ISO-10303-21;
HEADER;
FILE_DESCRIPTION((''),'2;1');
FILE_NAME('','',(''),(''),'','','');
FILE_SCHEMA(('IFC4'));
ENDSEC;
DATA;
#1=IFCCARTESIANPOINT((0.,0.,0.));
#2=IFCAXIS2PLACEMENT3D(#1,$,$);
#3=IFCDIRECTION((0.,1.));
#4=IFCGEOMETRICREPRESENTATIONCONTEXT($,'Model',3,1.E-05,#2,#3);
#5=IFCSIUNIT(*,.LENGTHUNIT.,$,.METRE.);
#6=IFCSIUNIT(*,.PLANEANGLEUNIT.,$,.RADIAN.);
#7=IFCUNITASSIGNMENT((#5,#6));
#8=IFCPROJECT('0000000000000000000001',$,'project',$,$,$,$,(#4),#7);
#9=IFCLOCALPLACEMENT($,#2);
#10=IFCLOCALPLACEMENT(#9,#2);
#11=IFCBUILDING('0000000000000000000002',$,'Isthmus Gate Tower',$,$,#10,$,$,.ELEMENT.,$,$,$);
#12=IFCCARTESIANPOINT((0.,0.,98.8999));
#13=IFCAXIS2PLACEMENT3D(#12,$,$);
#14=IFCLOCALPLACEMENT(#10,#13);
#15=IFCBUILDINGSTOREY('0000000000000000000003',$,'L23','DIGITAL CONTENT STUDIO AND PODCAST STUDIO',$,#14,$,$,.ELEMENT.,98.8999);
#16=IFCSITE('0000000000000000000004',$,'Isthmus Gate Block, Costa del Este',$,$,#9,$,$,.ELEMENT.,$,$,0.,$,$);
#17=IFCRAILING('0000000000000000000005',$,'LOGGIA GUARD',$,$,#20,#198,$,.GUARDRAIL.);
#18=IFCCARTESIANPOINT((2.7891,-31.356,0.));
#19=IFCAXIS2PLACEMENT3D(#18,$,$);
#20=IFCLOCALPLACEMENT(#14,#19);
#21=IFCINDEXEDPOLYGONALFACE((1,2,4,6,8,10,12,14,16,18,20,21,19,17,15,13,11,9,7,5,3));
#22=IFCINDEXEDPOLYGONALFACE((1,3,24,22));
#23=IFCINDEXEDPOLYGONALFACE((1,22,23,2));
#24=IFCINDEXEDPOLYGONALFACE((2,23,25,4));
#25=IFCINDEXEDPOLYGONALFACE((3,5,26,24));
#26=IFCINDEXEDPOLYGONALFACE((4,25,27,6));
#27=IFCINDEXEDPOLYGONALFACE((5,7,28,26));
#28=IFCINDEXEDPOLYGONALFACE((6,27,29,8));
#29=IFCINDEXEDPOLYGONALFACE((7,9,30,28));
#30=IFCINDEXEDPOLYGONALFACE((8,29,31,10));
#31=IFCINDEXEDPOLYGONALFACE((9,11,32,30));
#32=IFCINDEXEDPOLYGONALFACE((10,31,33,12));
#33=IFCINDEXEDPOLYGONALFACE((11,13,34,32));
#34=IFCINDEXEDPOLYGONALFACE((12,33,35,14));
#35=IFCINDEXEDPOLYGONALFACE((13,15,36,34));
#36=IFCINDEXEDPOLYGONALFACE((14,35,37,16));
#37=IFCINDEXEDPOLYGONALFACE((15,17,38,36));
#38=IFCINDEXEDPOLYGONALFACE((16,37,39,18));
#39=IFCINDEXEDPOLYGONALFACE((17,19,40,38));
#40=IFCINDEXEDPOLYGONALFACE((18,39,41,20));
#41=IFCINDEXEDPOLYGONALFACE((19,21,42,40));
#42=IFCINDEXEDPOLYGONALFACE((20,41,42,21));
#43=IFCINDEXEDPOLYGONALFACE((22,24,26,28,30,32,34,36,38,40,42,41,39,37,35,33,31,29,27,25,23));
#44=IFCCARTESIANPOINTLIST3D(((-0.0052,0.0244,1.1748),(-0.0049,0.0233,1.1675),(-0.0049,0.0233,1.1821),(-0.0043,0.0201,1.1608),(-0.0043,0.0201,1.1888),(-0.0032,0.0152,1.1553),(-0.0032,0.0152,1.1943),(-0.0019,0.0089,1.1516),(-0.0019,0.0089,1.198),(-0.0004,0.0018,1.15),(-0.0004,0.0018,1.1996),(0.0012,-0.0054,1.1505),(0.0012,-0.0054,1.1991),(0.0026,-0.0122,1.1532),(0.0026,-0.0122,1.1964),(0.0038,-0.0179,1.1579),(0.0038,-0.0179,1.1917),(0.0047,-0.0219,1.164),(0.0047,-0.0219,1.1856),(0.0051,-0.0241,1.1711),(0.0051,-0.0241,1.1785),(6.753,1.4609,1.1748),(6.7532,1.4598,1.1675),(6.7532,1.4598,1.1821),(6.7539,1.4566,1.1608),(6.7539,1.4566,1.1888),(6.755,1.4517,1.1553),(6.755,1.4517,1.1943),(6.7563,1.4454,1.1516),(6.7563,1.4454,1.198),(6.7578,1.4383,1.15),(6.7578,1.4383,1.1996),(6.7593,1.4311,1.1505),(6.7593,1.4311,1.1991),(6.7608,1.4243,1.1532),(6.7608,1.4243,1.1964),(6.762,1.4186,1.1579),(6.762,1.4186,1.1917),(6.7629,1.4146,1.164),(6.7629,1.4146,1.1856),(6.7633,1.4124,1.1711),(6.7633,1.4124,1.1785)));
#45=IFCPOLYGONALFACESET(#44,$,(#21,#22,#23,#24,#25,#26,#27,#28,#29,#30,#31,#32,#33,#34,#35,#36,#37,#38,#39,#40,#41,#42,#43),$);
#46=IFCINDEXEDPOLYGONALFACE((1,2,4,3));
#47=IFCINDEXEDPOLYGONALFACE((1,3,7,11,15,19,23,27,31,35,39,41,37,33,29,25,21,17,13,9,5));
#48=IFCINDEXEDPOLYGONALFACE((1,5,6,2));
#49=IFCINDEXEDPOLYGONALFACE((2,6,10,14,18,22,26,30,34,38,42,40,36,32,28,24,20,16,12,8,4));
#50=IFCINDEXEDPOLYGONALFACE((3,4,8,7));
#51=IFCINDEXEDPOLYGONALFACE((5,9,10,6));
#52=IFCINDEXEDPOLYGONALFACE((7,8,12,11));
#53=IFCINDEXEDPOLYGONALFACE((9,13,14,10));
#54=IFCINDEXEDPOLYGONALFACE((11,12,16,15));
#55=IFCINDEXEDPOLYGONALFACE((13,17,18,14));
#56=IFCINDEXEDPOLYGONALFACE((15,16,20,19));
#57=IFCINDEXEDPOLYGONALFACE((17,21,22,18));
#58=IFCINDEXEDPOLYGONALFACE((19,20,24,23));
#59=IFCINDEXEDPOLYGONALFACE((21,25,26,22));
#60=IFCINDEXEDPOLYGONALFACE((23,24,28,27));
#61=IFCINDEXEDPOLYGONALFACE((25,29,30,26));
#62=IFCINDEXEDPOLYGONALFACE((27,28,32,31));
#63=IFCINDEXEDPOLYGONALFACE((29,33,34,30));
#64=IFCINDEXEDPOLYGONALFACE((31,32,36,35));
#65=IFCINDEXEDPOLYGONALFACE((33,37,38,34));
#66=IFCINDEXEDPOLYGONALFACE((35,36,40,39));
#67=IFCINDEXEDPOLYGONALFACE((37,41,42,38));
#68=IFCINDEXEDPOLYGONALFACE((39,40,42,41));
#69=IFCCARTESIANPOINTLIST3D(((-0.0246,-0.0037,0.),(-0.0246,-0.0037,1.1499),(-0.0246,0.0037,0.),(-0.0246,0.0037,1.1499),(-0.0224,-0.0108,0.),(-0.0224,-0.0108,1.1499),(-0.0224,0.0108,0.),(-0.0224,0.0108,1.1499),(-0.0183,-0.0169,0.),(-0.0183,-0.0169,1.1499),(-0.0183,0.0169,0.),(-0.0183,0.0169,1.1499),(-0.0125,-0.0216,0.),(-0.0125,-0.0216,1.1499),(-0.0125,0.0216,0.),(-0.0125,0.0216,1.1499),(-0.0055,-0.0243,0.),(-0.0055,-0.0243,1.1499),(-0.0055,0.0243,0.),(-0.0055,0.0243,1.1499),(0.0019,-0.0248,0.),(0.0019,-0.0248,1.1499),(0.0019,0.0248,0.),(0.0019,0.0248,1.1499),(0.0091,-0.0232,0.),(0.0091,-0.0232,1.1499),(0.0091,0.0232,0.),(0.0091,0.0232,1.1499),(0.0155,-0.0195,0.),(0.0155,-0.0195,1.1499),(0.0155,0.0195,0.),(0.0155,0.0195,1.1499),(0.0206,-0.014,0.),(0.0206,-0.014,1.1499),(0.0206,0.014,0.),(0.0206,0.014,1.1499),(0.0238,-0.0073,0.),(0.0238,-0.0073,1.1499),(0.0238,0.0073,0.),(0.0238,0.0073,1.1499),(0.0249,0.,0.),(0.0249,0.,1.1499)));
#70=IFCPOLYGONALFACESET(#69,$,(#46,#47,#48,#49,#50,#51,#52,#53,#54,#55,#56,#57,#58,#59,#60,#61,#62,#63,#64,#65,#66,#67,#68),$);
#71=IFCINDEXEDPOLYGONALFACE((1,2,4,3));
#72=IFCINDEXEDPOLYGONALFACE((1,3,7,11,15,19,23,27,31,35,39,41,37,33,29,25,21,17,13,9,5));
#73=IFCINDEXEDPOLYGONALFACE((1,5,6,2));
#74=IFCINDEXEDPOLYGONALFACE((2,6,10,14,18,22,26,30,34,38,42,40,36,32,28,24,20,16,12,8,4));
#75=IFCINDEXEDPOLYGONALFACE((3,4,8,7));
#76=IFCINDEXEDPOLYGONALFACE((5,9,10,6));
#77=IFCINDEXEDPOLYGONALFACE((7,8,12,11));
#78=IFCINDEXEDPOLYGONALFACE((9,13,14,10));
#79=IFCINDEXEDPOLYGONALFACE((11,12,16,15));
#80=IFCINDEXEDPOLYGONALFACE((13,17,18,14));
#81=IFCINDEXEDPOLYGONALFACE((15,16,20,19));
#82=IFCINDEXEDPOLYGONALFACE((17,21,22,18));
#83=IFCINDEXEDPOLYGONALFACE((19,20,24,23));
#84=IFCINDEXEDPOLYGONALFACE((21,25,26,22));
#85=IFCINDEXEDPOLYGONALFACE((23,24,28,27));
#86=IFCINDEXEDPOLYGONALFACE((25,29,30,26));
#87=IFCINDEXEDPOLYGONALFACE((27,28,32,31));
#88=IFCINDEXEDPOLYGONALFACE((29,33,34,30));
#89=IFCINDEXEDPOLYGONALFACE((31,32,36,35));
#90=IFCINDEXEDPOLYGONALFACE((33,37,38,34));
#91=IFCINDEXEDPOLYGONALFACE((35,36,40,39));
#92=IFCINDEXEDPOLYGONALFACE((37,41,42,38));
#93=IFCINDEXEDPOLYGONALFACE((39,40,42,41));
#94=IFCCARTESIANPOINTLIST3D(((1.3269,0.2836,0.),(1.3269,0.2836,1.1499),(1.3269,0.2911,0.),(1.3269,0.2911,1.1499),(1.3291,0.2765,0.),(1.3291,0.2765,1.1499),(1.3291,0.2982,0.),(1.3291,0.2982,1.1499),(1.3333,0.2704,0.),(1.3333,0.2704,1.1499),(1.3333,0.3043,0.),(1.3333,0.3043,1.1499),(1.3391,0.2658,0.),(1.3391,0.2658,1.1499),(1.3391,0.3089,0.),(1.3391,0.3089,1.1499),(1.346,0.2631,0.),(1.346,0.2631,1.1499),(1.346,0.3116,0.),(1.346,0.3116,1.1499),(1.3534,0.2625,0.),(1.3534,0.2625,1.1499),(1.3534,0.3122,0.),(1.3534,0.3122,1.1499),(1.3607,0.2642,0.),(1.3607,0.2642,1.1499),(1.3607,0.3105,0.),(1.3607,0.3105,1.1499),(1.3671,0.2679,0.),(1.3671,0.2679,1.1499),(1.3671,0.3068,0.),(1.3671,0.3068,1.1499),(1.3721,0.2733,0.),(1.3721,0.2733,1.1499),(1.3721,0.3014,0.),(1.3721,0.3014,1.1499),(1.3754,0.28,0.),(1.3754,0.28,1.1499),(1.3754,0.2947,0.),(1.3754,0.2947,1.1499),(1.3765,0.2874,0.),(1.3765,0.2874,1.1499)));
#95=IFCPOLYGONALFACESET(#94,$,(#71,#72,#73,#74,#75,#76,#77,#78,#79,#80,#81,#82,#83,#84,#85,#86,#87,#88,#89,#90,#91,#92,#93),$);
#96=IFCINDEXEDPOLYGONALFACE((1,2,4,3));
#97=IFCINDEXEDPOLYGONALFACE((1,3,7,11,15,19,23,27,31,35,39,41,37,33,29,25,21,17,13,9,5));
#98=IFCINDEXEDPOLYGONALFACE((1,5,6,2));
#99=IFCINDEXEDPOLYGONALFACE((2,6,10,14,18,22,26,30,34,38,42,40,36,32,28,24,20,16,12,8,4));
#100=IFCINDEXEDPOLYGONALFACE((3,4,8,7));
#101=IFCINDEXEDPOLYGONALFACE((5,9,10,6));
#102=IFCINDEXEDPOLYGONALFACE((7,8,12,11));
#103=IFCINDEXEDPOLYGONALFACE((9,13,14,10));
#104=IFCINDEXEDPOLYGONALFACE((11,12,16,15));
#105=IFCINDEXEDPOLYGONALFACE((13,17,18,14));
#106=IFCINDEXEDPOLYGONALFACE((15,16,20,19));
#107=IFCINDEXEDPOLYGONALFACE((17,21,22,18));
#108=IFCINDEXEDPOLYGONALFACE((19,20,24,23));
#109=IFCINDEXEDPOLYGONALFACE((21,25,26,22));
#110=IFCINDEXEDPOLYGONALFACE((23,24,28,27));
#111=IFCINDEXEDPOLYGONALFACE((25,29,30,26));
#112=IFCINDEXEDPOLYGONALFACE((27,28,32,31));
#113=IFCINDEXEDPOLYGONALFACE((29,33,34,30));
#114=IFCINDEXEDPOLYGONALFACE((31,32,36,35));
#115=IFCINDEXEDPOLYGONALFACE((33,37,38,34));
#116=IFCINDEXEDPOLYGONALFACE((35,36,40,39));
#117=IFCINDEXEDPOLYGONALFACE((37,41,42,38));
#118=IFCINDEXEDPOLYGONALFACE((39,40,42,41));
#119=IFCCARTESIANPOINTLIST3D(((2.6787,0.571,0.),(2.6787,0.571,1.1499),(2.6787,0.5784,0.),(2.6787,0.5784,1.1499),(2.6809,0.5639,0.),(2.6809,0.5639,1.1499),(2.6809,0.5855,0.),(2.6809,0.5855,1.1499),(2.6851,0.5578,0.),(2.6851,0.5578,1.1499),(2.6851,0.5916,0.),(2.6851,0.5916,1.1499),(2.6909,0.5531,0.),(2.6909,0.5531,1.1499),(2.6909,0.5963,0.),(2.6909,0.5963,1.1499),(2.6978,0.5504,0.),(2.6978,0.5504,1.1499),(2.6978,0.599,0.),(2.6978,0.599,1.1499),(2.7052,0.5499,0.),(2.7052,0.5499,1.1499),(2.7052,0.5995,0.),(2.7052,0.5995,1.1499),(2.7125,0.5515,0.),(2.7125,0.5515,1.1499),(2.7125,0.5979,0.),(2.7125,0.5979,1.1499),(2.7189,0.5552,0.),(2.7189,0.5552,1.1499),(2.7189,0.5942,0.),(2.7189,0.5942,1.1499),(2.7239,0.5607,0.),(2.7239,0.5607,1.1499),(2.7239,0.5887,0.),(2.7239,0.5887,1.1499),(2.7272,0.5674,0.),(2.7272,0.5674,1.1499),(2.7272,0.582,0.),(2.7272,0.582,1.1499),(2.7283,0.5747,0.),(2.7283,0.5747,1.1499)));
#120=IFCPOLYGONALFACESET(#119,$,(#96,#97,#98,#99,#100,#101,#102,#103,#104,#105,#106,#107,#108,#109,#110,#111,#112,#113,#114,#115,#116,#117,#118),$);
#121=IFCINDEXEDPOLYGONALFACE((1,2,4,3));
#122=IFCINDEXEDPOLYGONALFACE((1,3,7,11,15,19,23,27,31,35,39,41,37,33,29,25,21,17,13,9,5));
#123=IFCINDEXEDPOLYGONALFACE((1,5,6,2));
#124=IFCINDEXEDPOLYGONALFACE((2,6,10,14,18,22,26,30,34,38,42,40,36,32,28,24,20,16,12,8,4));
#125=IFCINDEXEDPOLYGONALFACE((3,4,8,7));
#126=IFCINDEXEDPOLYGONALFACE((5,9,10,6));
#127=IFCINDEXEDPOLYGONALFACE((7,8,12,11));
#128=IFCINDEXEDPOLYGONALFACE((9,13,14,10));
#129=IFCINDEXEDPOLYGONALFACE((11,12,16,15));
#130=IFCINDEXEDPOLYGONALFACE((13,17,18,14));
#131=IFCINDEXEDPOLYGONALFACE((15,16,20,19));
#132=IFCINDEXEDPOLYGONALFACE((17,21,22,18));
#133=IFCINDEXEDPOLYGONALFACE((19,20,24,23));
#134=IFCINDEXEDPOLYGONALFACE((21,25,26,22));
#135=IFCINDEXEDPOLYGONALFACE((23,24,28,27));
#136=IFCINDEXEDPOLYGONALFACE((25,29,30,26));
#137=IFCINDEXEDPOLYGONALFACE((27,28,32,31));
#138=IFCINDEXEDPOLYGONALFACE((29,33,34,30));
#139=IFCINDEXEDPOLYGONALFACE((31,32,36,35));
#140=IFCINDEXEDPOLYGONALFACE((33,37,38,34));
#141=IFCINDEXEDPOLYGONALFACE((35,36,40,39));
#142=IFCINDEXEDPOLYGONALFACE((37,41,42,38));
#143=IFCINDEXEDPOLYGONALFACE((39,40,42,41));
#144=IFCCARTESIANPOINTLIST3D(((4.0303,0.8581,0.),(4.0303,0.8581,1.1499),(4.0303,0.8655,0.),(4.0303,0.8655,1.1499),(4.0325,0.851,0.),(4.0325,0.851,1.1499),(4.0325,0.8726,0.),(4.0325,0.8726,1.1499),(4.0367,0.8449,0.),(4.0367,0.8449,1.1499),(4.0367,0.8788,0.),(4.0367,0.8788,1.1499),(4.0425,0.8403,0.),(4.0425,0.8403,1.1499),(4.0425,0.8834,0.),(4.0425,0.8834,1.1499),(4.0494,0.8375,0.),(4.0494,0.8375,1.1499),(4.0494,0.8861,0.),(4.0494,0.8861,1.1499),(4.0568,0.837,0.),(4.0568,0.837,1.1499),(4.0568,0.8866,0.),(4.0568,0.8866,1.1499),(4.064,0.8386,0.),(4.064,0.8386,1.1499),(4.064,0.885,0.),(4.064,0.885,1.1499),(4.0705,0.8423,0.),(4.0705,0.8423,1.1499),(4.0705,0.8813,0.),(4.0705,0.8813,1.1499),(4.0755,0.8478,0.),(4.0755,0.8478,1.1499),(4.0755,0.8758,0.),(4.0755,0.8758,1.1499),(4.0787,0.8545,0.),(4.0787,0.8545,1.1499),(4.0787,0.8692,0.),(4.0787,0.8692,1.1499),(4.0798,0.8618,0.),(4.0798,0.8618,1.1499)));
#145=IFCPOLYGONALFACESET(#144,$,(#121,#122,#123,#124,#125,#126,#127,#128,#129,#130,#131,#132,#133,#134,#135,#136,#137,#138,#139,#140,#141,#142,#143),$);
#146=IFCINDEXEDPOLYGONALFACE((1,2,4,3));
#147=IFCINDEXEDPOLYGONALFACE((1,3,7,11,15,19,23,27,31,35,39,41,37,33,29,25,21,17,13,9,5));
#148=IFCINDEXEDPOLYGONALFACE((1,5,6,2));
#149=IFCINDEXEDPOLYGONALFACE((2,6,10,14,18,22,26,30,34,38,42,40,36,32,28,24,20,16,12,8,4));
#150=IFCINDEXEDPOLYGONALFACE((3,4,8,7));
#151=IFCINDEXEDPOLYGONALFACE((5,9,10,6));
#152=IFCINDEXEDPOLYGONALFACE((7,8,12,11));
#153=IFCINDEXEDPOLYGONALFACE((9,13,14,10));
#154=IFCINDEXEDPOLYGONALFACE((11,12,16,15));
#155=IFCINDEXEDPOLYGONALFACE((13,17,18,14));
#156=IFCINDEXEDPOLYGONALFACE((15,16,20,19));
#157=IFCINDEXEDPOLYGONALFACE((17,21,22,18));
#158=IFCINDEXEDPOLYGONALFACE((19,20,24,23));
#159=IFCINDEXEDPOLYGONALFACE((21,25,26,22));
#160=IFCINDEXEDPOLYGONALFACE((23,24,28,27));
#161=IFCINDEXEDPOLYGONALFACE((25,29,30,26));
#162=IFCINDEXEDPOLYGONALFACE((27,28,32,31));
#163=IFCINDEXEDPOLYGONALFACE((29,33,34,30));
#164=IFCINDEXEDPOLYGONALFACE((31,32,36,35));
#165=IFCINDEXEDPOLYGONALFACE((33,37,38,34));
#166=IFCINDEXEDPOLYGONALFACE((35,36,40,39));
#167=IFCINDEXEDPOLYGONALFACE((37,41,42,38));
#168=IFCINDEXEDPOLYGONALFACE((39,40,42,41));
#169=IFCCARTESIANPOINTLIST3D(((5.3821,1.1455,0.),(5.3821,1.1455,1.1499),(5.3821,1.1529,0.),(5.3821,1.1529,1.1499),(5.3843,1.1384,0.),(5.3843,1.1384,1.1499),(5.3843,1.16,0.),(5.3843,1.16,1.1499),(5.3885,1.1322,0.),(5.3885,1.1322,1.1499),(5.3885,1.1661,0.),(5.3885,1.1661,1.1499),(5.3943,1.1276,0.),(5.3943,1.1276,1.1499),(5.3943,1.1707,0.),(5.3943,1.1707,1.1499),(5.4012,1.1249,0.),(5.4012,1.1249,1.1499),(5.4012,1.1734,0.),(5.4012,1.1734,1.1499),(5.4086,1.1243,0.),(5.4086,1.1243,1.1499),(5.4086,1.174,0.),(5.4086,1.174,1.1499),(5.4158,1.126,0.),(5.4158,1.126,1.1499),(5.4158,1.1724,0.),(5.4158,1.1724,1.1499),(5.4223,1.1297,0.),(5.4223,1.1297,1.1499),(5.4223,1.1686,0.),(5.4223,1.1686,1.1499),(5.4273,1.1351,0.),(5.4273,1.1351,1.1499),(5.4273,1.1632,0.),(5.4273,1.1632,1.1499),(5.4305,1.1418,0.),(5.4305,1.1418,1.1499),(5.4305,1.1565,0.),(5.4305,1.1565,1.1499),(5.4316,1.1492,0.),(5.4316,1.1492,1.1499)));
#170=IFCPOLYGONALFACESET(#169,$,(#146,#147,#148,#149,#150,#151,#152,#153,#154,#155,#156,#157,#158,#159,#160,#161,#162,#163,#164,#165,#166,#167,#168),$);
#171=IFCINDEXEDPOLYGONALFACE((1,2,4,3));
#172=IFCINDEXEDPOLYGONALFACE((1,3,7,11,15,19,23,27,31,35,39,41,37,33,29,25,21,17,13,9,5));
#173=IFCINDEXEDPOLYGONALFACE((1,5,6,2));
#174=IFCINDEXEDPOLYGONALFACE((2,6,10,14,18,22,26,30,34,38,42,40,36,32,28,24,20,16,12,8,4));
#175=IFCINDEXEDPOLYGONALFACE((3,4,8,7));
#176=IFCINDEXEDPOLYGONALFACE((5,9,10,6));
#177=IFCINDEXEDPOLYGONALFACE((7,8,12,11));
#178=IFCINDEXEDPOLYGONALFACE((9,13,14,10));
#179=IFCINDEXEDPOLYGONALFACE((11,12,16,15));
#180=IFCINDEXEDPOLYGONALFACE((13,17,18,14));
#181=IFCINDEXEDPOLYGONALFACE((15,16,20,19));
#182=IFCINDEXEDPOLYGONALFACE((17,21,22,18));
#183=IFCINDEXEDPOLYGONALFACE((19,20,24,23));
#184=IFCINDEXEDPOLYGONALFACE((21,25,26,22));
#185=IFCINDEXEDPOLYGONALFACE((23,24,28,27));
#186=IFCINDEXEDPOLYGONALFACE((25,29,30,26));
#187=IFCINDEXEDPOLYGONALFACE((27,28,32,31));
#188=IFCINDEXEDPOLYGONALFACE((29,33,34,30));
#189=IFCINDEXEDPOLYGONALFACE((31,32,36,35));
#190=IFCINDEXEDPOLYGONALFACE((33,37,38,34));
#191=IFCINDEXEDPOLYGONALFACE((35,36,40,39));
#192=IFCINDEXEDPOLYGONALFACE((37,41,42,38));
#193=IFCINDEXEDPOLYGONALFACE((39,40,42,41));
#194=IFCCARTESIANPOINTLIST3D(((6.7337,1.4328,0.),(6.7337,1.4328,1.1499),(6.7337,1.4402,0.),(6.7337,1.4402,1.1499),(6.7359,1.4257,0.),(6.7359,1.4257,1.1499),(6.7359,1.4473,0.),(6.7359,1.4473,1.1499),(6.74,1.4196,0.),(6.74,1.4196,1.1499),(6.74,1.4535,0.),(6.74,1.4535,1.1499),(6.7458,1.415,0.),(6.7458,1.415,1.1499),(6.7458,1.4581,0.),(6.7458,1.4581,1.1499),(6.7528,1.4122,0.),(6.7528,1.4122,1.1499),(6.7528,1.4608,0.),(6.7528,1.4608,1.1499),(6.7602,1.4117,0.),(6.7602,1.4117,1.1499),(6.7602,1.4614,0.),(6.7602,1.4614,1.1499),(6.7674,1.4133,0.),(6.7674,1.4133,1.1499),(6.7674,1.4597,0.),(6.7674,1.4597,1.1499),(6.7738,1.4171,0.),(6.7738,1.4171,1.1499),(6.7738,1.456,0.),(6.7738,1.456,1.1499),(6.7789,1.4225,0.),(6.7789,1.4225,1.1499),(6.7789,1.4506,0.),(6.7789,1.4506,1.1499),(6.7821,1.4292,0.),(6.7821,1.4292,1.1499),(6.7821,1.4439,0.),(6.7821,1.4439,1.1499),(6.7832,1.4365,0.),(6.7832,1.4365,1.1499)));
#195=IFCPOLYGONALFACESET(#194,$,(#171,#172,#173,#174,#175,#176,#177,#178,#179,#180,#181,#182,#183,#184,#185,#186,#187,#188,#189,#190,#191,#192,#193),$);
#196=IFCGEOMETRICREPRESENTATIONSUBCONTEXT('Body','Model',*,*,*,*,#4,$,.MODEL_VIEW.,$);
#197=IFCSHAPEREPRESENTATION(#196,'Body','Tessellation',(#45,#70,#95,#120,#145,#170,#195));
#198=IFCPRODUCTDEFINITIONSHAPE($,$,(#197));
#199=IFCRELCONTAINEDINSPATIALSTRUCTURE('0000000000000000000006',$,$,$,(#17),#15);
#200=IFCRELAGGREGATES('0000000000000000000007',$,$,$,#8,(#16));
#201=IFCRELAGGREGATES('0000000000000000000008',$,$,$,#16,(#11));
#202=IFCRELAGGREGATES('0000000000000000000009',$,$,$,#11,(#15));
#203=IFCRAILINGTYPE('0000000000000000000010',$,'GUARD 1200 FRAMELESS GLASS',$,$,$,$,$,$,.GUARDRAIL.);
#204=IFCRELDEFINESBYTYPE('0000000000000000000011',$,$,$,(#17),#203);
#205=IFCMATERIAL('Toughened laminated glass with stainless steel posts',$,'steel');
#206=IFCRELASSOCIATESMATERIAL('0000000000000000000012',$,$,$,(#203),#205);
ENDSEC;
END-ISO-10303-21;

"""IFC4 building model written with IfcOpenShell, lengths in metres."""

from ifc_helpers import new_model, si_unit, direction, frame, origin, origin_2d, place, context, subcontext, project, spatial, circle, extrude, material, type_object, element, save


model = new_model("IFC4")

# Units and contexts
model_context = context("Model", 3, precision=1e-05, world=origin(), true_north=direction((0.0, 1.0)))
body_context = subcontext(model_context, "Body", "Model", "MODEL_VIEW")
ifc_project = project(units=[si_unit("LENGTHUNIT", "METRE"), si_unit("PLANEANGLEUNIT", "RADIAN")], contexts=[model_context])

# Site, building, storey
site_placement = place(None, origin())
site = spatial("IfcSite", under=ifc_project, at=site_placement, Name="Isthmus Gate Block, Costa del Este", CompositionType="ELEMENT", RefElevation=0.0)
building_placement = place(site_placement, origin())
building = spatial("IfcBuilding", under=site, at=building_placement, Name="Isthmus Gate Tower", CompositionType="ELEMENT")
storey_placement = place(building_placement, frame((0.0, 0.0, 98.8999)))
storey = spatial("IfcBuildingStorey", under=building, at=storey_placement, Name="L23", Description="DIGITAL CONTENT STUDIO AND PODCAST STUDIO", CompositionType="ELEMENT", Elevation=98.8999)

# Railing
ifc_material_1 = material(Name="Toughened laminated glass with stainless steel posts", Category="steel")
railing_type_1 = type_object("IfcRailingType", Name="GUARD 1200 FRAMELESS GLASS", PredefinedType="GUARDRAIL", material=ifc_material_1)
railing_1_placement = place(storey_placement, frame((2.7891, -31.356, 0.0)))
element("IfcRailing", 1, at=railing_1_placement, inside=storey, type_object=railing_type_1, Name="LOGGIA GUARD", PredefinedType="GUARDRAIL", context=body_context, shape_type="SweptSolid", body=[
    extrude(circle(Radius=0.0249, at=origin_2d()), frame((0.0, 0.0, 1.1748), z_axis=(0.978148, 0.207912, 0.0), x_axis=(-0.207912, 0.978148, 0.0)), (0.0, 0.0, 1.0), 6.9092),
    extrude(circle(Radius=0.0249, at=origin_2d()), origin(), (0.0, 0.0, 1.0), 1.1499),
    extrude(circle(Radius=0.0249, at=origin_2d()), frame((1.3516, 0.2874, 0.0)), (0.0, 0.0, 1.0), 1.1499),
    extrude(circle(Radius=0.0249, at=origin_2d()), frame((2.7034, 0.5747, 0.0)), (0.0, 0.0, 1.0), 1.1499),
    extrude(circle(Radius=0.0249, at=origin_2d()), frame((4.0549, 0.8618, 0.0)), (0.0, 0.0, 1.0), 1.1499),
    extrude(circle(Radius=0.0249, at=origin_2d()), frame((5.4067, 1.1492, 0.0)), (0.0, 0.0, 1.0), 1.1499),
    extrude(circle(Radius=0.0249, at=origin_2d()), frame((6.7583, 1.4365, 0.0)), (0.0, 0.0, 1.0), 1.1499),
])

save(model, "model.ifc")
